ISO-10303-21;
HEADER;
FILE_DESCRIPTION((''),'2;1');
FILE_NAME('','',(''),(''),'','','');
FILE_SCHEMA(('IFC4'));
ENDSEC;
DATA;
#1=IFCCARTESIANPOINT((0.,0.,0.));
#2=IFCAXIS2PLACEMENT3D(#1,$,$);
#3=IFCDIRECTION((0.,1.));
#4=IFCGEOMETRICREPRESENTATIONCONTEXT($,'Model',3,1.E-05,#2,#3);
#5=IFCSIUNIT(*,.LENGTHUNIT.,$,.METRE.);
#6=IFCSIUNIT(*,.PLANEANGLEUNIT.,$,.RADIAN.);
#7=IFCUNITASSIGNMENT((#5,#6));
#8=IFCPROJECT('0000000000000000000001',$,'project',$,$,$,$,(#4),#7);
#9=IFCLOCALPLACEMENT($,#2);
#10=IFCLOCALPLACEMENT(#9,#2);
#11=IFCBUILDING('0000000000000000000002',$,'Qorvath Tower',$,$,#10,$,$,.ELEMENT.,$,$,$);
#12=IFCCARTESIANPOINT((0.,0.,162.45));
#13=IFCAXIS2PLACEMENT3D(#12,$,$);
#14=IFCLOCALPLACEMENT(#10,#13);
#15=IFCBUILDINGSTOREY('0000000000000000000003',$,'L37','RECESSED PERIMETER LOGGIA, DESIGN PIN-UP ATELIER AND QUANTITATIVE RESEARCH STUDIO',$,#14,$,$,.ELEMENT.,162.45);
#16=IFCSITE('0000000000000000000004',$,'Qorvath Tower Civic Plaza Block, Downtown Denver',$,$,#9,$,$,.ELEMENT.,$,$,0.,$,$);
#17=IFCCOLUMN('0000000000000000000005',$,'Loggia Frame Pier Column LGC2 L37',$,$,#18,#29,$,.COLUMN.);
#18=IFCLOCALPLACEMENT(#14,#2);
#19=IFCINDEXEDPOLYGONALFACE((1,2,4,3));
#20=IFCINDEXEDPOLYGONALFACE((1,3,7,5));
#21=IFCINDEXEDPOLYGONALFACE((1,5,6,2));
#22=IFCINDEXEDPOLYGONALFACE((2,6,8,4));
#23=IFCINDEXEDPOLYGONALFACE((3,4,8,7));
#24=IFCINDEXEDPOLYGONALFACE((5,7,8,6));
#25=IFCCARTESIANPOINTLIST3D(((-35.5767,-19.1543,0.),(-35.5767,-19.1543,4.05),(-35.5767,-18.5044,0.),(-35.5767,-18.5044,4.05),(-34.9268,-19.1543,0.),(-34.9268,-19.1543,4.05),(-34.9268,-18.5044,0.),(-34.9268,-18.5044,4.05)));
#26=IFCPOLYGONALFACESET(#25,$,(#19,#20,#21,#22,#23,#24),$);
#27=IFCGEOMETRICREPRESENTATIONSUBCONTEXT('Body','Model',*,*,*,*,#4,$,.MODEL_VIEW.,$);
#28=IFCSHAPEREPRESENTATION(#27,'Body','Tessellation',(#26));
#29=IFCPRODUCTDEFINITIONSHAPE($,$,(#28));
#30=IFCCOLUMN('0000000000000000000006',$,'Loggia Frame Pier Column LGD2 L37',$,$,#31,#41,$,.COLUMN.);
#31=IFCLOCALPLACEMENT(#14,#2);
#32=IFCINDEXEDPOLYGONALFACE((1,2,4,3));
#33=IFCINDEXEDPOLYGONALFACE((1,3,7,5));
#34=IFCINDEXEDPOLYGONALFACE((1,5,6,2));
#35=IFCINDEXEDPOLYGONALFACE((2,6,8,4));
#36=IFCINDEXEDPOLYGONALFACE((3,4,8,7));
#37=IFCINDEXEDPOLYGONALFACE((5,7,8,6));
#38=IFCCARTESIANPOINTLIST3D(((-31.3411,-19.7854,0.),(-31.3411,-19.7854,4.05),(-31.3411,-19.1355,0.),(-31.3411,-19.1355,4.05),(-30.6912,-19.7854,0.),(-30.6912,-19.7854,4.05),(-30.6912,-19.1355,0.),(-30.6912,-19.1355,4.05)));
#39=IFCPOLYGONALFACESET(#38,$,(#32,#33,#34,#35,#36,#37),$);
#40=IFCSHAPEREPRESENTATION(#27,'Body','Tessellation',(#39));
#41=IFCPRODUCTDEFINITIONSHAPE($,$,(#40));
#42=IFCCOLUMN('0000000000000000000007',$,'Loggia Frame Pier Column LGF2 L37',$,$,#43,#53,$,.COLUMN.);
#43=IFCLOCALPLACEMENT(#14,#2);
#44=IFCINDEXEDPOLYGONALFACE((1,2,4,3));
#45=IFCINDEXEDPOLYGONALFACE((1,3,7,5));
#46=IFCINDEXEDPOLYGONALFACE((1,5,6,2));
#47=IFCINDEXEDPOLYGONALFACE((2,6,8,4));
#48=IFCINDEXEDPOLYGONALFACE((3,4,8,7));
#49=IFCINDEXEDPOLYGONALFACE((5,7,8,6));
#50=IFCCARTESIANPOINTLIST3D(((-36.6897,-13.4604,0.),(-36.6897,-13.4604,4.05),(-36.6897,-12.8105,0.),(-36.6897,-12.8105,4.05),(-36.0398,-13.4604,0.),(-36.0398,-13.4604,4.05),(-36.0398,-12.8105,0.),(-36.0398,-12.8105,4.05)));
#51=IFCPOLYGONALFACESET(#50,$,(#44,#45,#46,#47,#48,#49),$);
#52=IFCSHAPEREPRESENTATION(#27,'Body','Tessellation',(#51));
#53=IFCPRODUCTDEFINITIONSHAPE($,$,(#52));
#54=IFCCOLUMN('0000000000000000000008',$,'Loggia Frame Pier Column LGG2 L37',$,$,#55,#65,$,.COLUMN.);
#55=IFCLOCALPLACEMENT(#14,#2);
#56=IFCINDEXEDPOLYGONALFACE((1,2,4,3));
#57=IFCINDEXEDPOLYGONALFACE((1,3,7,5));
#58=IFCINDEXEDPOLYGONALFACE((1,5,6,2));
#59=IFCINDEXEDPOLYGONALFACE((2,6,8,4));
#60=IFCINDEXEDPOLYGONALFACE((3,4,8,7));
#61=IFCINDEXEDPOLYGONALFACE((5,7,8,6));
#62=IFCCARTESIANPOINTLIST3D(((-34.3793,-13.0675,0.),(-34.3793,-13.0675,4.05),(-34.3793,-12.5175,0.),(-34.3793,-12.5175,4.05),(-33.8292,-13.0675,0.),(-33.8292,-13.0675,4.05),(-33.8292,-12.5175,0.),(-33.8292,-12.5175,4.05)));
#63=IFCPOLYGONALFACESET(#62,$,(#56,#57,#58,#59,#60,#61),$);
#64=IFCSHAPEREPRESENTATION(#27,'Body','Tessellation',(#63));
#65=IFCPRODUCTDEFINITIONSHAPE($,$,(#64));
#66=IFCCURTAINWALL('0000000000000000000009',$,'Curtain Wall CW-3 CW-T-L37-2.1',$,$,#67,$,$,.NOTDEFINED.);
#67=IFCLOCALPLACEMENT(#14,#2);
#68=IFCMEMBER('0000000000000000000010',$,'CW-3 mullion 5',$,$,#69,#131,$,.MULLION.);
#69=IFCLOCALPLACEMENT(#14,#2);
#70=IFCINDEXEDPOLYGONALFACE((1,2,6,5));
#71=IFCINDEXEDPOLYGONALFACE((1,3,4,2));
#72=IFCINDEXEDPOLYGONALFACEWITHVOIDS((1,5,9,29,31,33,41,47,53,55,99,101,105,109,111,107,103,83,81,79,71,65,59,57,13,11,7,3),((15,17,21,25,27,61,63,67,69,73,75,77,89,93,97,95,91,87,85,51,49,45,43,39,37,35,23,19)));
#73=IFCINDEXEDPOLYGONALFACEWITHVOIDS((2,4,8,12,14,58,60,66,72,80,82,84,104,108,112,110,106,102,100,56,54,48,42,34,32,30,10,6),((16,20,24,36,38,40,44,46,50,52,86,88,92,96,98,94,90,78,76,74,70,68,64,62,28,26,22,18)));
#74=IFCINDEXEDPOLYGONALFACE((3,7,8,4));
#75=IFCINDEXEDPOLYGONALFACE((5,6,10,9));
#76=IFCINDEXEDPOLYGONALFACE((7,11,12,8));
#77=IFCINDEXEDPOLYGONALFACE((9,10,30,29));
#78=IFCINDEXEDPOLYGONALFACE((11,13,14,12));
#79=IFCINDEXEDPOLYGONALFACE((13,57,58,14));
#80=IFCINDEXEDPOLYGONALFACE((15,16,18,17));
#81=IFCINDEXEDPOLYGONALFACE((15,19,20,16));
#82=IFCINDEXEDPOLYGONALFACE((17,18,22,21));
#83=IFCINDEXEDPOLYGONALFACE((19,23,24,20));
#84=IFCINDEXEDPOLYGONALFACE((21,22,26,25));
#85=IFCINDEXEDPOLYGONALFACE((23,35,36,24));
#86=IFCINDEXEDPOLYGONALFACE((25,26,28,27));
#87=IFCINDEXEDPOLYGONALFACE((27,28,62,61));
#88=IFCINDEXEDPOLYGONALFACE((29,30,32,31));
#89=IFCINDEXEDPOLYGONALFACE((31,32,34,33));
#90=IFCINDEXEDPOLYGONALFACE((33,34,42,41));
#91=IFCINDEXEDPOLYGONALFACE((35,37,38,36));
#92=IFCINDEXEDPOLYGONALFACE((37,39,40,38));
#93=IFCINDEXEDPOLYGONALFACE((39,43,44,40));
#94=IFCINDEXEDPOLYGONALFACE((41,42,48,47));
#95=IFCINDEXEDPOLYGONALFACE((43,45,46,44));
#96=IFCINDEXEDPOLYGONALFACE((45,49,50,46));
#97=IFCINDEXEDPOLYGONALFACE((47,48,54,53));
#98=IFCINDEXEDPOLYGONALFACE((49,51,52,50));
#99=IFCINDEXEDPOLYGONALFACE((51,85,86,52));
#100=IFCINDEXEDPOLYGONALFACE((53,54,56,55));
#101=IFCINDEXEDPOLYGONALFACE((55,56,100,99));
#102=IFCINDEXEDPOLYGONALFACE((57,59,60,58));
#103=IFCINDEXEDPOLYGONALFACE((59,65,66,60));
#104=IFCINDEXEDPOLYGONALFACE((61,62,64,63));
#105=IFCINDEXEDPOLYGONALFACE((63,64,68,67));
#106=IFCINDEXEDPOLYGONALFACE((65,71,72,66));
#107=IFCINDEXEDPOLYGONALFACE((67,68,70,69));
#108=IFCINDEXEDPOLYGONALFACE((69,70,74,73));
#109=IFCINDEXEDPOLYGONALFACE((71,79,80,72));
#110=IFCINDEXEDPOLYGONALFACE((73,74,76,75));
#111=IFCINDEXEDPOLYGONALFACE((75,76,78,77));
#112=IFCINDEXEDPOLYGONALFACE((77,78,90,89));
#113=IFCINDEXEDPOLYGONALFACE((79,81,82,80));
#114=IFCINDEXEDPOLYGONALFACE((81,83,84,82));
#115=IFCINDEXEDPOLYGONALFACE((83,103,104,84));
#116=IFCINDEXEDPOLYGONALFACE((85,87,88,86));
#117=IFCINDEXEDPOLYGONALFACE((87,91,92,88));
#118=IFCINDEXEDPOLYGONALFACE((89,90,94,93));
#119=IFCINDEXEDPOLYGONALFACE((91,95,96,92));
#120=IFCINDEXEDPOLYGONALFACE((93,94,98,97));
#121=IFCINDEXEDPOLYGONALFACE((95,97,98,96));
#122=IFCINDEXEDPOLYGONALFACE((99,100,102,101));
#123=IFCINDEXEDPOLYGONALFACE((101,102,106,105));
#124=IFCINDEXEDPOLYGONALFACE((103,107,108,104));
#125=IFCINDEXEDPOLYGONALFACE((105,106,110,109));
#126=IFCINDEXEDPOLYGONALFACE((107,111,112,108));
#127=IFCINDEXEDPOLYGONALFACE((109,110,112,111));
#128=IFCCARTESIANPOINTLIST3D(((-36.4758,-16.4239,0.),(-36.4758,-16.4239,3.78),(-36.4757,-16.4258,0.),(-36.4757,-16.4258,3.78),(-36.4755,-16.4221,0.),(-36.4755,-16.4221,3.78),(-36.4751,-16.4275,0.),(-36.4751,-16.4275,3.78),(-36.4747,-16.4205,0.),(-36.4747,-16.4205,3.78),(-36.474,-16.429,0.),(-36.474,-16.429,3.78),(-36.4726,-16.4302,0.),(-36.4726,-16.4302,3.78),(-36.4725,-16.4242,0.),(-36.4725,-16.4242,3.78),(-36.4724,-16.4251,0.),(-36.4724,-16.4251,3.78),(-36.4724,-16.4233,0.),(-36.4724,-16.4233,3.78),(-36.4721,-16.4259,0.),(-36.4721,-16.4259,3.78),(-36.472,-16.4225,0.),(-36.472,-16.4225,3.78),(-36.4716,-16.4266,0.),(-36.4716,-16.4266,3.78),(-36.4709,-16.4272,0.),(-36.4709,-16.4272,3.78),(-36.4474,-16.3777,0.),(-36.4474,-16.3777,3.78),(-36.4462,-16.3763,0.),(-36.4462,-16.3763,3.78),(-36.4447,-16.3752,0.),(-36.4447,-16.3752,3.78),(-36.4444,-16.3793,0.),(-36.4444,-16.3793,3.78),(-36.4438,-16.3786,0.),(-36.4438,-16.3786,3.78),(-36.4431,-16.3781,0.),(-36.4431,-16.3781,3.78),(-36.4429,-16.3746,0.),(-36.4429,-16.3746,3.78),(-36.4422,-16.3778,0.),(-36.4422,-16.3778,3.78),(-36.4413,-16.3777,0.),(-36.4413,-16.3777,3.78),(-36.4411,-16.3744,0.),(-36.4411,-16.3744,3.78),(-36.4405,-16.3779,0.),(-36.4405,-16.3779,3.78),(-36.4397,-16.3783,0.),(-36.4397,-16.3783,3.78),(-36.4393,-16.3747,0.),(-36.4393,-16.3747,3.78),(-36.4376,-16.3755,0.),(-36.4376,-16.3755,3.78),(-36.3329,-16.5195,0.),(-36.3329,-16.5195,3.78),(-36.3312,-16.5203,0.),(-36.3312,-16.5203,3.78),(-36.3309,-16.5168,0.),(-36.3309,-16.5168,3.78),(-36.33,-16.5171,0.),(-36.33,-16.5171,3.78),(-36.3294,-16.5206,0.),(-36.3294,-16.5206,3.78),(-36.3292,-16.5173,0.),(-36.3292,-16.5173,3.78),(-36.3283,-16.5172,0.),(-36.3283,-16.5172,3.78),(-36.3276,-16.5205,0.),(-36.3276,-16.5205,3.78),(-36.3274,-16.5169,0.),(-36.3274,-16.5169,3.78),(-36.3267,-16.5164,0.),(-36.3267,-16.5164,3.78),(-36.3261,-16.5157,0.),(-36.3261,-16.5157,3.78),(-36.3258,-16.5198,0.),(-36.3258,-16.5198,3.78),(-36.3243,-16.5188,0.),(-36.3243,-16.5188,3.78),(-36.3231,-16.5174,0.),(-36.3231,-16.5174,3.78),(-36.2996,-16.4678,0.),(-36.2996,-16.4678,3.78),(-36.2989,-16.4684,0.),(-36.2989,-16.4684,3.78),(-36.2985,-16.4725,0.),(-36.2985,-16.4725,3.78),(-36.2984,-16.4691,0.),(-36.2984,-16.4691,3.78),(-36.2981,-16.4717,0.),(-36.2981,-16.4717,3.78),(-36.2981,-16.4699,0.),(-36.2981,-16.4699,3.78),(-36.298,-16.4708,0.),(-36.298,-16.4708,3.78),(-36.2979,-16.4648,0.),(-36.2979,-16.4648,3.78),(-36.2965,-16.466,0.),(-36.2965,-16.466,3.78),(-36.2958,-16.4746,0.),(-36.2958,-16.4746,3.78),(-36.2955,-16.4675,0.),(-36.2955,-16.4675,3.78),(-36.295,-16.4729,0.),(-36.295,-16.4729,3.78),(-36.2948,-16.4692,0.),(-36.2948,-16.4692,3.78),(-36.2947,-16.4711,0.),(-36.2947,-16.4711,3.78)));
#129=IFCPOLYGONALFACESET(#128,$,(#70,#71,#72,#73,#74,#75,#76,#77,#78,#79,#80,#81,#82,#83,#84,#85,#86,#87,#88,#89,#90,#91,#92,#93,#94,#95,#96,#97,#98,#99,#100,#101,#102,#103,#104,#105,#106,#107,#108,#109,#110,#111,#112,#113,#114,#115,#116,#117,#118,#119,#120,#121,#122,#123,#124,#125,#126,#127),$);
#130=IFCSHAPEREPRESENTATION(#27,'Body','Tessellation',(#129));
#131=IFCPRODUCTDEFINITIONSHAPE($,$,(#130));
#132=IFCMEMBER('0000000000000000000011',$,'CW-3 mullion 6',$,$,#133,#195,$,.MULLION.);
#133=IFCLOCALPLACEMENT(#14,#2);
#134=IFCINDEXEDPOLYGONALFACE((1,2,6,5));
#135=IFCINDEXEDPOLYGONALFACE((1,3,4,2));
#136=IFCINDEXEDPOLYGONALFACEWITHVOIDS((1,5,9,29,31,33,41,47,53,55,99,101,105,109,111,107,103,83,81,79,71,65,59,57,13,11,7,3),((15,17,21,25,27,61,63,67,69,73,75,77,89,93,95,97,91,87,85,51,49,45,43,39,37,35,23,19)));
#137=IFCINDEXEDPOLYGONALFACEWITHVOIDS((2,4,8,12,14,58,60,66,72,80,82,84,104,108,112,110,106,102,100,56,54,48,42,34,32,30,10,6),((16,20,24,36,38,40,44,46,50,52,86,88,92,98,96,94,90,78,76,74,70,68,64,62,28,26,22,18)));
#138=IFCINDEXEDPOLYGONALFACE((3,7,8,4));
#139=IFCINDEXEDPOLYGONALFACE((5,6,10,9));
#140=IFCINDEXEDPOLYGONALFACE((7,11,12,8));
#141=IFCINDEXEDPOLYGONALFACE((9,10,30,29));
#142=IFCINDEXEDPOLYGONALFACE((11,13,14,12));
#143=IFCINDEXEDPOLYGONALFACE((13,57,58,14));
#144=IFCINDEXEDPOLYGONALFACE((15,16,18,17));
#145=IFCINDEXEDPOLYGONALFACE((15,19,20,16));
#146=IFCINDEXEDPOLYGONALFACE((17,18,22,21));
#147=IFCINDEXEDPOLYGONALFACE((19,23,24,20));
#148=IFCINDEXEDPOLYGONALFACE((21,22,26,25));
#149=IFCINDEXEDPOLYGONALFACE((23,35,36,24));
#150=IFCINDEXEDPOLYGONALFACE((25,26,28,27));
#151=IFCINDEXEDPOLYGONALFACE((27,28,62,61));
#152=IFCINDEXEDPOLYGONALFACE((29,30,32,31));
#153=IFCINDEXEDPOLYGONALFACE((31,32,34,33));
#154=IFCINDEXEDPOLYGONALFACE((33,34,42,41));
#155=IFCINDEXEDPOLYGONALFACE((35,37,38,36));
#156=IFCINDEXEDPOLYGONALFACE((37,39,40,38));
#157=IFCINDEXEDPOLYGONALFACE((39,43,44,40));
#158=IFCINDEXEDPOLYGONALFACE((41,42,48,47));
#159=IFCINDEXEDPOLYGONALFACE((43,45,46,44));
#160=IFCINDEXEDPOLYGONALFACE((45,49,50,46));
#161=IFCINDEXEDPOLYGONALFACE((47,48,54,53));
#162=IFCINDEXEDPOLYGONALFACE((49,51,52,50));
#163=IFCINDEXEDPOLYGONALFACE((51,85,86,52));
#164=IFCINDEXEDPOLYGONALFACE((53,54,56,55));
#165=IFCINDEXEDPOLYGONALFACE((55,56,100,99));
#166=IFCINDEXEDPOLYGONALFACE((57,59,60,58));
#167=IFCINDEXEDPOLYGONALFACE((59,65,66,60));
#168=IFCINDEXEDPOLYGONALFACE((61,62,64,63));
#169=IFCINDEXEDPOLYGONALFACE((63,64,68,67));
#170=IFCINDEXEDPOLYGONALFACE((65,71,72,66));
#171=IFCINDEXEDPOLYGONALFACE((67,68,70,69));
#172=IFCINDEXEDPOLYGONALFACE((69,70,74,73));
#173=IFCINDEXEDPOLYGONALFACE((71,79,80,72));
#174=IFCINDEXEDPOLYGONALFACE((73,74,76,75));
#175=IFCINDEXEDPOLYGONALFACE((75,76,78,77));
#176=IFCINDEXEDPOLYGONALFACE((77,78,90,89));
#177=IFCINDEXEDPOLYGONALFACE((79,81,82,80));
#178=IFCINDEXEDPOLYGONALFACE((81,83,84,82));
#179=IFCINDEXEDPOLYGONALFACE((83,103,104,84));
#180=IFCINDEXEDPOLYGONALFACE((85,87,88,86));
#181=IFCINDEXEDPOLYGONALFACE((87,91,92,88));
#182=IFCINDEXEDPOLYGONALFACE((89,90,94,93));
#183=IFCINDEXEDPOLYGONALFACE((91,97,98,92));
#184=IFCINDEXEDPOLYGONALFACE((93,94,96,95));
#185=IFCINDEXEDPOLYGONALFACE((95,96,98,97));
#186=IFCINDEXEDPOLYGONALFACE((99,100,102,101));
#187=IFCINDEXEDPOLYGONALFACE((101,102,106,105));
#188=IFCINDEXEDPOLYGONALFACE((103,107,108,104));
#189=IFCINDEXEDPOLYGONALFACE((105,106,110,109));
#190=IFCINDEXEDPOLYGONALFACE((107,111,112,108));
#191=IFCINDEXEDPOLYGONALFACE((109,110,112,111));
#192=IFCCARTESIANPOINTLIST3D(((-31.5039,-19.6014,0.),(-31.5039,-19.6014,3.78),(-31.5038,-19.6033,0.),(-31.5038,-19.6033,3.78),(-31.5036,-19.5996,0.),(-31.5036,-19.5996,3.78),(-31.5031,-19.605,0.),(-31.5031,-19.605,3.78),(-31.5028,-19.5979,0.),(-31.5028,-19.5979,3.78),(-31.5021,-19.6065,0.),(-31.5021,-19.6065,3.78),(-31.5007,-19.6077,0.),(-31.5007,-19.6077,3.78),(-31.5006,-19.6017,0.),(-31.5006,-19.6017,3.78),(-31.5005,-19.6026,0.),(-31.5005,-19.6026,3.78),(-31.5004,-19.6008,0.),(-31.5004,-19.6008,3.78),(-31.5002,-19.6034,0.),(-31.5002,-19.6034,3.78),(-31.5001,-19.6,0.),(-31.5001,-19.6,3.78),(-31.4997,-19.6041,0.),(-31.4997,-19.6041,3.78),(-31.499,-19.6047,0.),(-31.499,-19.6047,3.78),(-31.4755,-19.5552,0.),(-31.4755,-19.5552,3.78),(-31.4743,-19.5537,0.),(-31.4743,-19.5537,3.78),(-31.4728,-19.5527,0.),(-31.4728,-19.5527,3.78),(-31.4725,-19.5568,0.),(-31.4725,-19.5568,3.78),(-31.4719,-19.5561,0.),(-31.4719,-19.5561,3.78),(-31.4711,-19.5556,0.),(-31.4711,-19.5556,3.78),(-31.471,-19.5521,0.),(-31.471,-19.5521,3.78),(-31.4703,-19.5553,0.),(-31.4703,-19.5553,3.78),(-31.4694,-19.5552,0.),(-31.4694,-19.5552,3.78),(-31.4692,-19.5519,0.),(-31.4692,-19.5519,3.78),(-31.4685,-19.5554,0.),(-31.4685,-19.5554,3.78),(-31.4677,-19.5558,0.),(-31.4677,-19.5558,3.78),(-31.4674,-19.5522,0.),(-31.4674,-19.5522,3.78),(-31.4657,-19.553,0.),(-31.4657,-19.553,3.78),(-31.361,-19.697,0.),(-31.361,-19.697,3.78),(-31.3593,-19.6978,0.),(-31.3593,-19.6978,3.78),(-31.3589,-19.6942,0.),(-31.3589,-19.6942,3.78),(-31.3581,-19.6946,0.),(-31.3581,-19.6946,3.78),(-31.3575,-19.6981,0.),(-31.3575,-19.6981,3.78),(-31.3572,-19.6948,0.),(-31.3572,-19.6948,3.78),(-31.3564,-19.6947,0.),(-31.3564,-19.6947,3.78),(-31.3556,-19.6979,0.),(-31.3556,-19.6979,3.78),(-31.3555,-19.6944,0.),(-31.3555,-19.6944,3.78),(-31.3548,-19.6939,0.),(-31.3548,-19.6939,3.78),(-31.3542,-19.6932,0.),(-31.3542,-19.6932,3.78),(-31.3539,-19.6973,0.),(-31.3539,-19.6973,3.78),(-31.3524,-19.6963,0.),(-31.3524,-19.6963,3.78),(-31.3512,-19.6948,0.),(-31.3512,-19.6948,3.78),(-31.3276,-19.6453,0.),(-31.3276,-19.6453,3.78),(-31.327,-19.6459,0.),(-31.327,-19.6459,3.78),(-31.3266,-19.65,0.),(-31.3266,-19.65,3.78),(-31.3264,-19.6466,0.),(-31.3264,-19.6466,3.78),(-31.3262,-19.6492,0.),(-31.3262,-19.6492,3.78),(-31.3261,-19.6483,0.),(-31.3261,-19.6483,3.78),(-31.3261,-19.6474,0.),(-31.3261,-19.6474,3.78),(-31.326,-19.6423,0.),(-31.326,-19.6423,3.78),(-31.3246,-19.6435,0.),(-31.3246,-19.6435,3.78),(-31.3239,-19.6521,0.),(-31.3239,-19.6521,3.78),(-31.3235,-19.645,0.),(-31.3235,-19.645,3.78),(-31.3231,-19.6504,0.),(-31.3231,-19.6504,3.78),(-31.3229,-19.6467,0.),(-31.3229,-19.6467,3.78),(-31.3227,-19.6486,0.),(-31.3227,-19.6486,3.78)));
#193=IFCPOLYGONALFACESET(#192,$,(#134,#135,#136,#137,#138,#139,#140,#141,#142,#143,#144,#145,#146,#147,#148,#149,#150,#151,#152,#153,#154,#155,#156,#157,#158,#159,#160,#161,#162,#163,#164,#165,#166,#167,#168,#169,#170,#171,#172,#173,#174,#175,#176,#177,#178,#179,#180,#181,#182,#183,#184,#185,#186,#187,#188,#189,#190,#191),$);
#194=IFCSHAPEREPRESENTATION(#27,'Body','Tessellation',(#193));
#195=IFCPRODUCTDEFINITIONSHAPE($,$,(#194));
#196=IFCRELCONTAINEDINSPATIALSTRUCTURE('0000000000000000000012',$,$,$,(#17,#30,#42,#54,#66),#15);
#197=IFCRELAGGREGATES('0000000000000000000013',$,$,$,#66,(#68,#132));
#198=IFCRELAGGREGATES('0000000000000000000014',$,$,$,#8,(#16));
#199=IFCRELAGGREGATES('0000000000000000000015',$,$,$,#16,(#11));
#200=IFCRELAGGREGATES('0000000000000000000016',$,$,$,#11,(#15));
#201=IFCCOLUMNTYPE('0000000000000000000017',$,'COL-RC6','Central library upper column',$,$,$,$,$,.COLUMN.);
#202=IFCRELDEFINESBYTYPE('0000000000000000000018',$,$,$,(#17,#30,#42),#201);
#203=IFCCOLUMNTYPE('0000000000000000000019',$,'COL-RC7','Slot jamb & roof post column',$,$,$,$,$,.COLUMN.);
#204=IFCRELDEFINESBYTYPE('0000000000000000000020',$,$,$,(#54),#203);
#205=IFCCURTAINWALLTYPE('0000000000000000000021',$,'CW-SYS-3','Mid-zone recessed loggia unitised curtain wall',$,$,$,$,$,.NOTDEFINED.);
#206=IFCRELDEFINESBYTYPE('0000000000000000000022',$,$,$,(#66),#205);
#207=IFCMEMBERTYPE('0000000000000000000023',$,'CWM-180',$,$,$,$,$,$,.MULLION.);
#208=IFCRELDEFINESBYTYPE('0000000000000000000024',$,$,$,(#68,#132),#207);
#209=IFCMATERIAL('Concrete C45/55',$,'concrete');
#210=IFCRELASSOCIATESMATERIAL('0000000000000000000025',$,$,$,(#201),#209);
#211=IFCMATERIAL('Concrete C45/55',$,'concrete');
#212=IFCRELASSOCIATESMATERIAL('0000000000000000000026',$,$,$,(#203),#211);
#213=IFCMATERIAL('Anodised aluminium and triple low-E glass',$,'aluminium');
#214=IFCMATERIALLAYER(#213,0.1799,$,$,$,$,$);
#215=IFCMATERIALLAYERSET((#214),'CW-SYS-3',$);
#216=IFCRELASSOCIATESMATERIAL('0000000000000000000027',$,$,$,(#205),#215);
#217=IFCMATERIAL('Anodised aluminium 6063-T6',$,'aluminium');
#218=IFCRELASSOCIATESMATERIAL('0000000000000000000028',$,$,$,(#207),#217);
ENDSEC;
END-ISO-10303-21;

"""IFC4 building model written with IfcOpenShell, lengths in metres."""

from ifc_helpers import new_model, si_unit, direction, frame, origin, origin_2d, place, context, subcontext, project, spatial, rectangle, hollow_rectangle, extrude, material, layer, layer_set, material_profile, profile_set, type_object, element, aggregate, save


model = new_model("IFC4")

# Units and contexts
model_context = context("Model", 3, precision=1e-05, world=origin(), true_north=direction((0.0, 1.0)))
body_context = subcontext(model_context, "Body", "Model", "MODEL_VIEW")
ifc_project = project(units=[si_unit("LENGTHUNIT", "METRE"), si_unit("PLANEANGLEUNIT", "RADIAN")], contexts=[model_context])

# Site, building, storey
site_placement = place(None, origin())
site = spatial("IfcSite", under=ifc_project, at=site_placement, Name="Qorvath Tower Civic Plaza Block, Downtown Denver", CompositionType="ELEMENT", RefElevation=0.0)
building_placement = place(site_placement, origin())
building = spatial("IfcBuilding", under=site, at=building_placement, Name="Qorvath Tower", CompositionType="ELEMENT")
storey_placement = place(building_placement, frame((0.0, 0.0, 162.45)))
storey = spatial("IfcBuildingStorey", under=building, at=storey_placement, Name="L37", Description="RECESSED PERIMETER LOGGIA, DESIGN PIN-UP ATELIER AND QUANTITATIVE RESEARCH STUDIO", CompositionType="ELEMENT", Elevation=162.45)

# Columns
ifc_material_1 = material(Name="Concrete C45/55", Category="concrete")
ifc_material_profile_1 = material_profile(ifc_material_1, rectangle(XDim=0.6499, YDim=0.6499, at=origin_2d()), Name="RC 650x650")
ifc_profile_set_1 = profile_set([ifc_material_profile_1], Name="Concrete C45/55")
column_type_1 = type_object("IfcColumnType", Name="COL-RC6", Description="Central library upper column", PredefinedType="COLUMN", material=ifc_profile_set_1)
for number, where, z_axis, x_axis, name in (
    (1, (-35.2517, -18.8293, 0.0), (0.0, 0.0, 1.0), (1.0, 0.0, 0.0), "Loggia Frame Pier Column LGC2 L37"),
    (2, (-31.0161, -19.4604, 0.0), (0.0, 0.0, 1.0), (1.0, 0.0, 0.0), "Loggia Frame Pier Column LGD2 L37"),
    (3, (-36.3647, -13.1355, 0.0), (0.0, 0.0, 1.0), (1.0, 0.0, 0.0), "Loggia Frame Pier Column LGF2 L37"),
):
    element("IfcColumn", number, at=place(storey_placement, frame(where, z_axis=z_axis, x_axis=x_axis)), inside=storey, type_object=column_type_1, Name=name, PredefinedType="COLUMN", context=body_context, shape_type="SweptSolid", body=[
        extrude(rectangle(XDim=0.6499, YDim=0.6499, at=origin_2d()), origin(), (0.0, 0.0, 1.0), 4.05),
    ])
ifc_material_2 = material(Name="Concrete C45/55", Category="concrete")
ifc_material_profile_2 = material_profile(ifc_material_2, rectangle(XDim=0.55, YDim=0.55, at=origin_2d()), Name="RC 550x550")
ifc_profile_set_2 = profile_set([ifc_material_profile_2], Name="Concrete C45/55")
column_type_2 = type_object("IfcColumnType", Name="COL-RC7", Description="Slot jamb & roof post column", PredefinedType="COLUMN", material=ifc_profile_set_2)
column_placement = place(storey_placement, frame((-34.1042, -12.7925, 0.0), z_axis=(0.0, 0.0, 1.0), x_axis=(1.0, 0.0, 0.0)))
element("IfcColumn", 4, at=column_placement, inside=storey, type_object=column_type_2, Name="Loggia Frame Pier Column LGG2 L37", PredefinedType="COLUMN", context=body_context, shape_type="SweptSolid", body=[
    extrude(rectangle(XDim=0.55, YDim=0.55, at=origin_2d()), origin(), (0.0, 0.0, 1.0), 4.05),
])

# Curtain wall, members
ifc_material_3 = material(Name="Anodised aluminium and triple low-E glass", Category="aluminium")
ifc_layer_1 = layer(ifc_material_3, 0.1799)
ifc_layer_set_1 = layer_set([ifc_layer_1], Name="CW-SYS-3")
curtain_wall_type = type_object("IfcCurtainWallType", Name="CW-SYS-3", Description="Mid-zone recessed loggia unitised curtain wall", PredefinedType="NOTDEFINED", material=ifc_layer_set_1)
curtain_wall_1_placement = place(storey_placement, origin())
curtain_wall_1 = element("IfcCurtainWall", 5, at=curtain_wall_1_placement, inside=storey, type_object=curtain_wall_type, Name="Curtain Wall CW-3 CW-T-L37-2.1", PredefinedType="NOTDEFINED")
ifc_material_4 = material(Name="Anodised aluminium 6063-T6", Category="aluminium")
ifc_material_profile_3 = material_profile(ifc_material_4, hollow_rectangle(XDim=0.0649, YDim=0.1799, WallThickness=0.0034, InnerFilletRadius=0.0034, OuterFilletRadius=0.0071, at=origin_2d()), Name="CWM 180x65")
ifc_profile_set_3 = profile_set([ifc_material_profile_3], Name="Anodised aluminium 6063-T6")
member_type_1 = type_object("IfcMemberType", Name="CWM-180", PredefinedType="MULLION", material=ifc_profile_set_3)
member_1_placement = place(storey_placement, frame((-36.3853, -16.4475, 0.0), z_axis=(0.0, 0.0, 1.0), x_axis=(0.538534, 0.842604, 0.0)))
member_1 = element("IfcMember", 6, at=member_1_placement, type_object=member_type_1, Name="CW-3 mullion 5", PredefinedType="MULLION", context=body_context, shape_type="SweptSolid", body=[
    extrude(hollow_rectangle(XDim=0.0649, YDim=0.1799, WallThickness=0.0034, InnerFilletRadius=0.0034, OuterFilletRadius=0.0071, at=origin_2d()), origin(), (0.0, 0.0, 1.0), 3.78),
])
member_2_placement = place(storey_placement, frame((-31.4133, -19.625, 0.0), z_axis=(0.0, 0.0, 1.0), x_axis=(0.538534, 0.842604, 0.0)))
member_2 = element("IfcMember", 7, at=member_2_placement, type_object=member_type_1, Name="CW-3 mullion 6", PredefinedType="MULLION", context=body_context, shape_type="SweptSolid", body=[
    extrude(hollow_rectangle(XDim=0.0649, YDim=0.1799, WallThickness=0.0034, InnerFilletRadius=0.0034, OuterFilletRadius=0.0071, at=origin_2d()), origin(), (0.0, 0.0, 1.0), 3.78),
])

aggregate(curtain_wall_1, [member_1, member_2])

save(model, "model.ifc")
